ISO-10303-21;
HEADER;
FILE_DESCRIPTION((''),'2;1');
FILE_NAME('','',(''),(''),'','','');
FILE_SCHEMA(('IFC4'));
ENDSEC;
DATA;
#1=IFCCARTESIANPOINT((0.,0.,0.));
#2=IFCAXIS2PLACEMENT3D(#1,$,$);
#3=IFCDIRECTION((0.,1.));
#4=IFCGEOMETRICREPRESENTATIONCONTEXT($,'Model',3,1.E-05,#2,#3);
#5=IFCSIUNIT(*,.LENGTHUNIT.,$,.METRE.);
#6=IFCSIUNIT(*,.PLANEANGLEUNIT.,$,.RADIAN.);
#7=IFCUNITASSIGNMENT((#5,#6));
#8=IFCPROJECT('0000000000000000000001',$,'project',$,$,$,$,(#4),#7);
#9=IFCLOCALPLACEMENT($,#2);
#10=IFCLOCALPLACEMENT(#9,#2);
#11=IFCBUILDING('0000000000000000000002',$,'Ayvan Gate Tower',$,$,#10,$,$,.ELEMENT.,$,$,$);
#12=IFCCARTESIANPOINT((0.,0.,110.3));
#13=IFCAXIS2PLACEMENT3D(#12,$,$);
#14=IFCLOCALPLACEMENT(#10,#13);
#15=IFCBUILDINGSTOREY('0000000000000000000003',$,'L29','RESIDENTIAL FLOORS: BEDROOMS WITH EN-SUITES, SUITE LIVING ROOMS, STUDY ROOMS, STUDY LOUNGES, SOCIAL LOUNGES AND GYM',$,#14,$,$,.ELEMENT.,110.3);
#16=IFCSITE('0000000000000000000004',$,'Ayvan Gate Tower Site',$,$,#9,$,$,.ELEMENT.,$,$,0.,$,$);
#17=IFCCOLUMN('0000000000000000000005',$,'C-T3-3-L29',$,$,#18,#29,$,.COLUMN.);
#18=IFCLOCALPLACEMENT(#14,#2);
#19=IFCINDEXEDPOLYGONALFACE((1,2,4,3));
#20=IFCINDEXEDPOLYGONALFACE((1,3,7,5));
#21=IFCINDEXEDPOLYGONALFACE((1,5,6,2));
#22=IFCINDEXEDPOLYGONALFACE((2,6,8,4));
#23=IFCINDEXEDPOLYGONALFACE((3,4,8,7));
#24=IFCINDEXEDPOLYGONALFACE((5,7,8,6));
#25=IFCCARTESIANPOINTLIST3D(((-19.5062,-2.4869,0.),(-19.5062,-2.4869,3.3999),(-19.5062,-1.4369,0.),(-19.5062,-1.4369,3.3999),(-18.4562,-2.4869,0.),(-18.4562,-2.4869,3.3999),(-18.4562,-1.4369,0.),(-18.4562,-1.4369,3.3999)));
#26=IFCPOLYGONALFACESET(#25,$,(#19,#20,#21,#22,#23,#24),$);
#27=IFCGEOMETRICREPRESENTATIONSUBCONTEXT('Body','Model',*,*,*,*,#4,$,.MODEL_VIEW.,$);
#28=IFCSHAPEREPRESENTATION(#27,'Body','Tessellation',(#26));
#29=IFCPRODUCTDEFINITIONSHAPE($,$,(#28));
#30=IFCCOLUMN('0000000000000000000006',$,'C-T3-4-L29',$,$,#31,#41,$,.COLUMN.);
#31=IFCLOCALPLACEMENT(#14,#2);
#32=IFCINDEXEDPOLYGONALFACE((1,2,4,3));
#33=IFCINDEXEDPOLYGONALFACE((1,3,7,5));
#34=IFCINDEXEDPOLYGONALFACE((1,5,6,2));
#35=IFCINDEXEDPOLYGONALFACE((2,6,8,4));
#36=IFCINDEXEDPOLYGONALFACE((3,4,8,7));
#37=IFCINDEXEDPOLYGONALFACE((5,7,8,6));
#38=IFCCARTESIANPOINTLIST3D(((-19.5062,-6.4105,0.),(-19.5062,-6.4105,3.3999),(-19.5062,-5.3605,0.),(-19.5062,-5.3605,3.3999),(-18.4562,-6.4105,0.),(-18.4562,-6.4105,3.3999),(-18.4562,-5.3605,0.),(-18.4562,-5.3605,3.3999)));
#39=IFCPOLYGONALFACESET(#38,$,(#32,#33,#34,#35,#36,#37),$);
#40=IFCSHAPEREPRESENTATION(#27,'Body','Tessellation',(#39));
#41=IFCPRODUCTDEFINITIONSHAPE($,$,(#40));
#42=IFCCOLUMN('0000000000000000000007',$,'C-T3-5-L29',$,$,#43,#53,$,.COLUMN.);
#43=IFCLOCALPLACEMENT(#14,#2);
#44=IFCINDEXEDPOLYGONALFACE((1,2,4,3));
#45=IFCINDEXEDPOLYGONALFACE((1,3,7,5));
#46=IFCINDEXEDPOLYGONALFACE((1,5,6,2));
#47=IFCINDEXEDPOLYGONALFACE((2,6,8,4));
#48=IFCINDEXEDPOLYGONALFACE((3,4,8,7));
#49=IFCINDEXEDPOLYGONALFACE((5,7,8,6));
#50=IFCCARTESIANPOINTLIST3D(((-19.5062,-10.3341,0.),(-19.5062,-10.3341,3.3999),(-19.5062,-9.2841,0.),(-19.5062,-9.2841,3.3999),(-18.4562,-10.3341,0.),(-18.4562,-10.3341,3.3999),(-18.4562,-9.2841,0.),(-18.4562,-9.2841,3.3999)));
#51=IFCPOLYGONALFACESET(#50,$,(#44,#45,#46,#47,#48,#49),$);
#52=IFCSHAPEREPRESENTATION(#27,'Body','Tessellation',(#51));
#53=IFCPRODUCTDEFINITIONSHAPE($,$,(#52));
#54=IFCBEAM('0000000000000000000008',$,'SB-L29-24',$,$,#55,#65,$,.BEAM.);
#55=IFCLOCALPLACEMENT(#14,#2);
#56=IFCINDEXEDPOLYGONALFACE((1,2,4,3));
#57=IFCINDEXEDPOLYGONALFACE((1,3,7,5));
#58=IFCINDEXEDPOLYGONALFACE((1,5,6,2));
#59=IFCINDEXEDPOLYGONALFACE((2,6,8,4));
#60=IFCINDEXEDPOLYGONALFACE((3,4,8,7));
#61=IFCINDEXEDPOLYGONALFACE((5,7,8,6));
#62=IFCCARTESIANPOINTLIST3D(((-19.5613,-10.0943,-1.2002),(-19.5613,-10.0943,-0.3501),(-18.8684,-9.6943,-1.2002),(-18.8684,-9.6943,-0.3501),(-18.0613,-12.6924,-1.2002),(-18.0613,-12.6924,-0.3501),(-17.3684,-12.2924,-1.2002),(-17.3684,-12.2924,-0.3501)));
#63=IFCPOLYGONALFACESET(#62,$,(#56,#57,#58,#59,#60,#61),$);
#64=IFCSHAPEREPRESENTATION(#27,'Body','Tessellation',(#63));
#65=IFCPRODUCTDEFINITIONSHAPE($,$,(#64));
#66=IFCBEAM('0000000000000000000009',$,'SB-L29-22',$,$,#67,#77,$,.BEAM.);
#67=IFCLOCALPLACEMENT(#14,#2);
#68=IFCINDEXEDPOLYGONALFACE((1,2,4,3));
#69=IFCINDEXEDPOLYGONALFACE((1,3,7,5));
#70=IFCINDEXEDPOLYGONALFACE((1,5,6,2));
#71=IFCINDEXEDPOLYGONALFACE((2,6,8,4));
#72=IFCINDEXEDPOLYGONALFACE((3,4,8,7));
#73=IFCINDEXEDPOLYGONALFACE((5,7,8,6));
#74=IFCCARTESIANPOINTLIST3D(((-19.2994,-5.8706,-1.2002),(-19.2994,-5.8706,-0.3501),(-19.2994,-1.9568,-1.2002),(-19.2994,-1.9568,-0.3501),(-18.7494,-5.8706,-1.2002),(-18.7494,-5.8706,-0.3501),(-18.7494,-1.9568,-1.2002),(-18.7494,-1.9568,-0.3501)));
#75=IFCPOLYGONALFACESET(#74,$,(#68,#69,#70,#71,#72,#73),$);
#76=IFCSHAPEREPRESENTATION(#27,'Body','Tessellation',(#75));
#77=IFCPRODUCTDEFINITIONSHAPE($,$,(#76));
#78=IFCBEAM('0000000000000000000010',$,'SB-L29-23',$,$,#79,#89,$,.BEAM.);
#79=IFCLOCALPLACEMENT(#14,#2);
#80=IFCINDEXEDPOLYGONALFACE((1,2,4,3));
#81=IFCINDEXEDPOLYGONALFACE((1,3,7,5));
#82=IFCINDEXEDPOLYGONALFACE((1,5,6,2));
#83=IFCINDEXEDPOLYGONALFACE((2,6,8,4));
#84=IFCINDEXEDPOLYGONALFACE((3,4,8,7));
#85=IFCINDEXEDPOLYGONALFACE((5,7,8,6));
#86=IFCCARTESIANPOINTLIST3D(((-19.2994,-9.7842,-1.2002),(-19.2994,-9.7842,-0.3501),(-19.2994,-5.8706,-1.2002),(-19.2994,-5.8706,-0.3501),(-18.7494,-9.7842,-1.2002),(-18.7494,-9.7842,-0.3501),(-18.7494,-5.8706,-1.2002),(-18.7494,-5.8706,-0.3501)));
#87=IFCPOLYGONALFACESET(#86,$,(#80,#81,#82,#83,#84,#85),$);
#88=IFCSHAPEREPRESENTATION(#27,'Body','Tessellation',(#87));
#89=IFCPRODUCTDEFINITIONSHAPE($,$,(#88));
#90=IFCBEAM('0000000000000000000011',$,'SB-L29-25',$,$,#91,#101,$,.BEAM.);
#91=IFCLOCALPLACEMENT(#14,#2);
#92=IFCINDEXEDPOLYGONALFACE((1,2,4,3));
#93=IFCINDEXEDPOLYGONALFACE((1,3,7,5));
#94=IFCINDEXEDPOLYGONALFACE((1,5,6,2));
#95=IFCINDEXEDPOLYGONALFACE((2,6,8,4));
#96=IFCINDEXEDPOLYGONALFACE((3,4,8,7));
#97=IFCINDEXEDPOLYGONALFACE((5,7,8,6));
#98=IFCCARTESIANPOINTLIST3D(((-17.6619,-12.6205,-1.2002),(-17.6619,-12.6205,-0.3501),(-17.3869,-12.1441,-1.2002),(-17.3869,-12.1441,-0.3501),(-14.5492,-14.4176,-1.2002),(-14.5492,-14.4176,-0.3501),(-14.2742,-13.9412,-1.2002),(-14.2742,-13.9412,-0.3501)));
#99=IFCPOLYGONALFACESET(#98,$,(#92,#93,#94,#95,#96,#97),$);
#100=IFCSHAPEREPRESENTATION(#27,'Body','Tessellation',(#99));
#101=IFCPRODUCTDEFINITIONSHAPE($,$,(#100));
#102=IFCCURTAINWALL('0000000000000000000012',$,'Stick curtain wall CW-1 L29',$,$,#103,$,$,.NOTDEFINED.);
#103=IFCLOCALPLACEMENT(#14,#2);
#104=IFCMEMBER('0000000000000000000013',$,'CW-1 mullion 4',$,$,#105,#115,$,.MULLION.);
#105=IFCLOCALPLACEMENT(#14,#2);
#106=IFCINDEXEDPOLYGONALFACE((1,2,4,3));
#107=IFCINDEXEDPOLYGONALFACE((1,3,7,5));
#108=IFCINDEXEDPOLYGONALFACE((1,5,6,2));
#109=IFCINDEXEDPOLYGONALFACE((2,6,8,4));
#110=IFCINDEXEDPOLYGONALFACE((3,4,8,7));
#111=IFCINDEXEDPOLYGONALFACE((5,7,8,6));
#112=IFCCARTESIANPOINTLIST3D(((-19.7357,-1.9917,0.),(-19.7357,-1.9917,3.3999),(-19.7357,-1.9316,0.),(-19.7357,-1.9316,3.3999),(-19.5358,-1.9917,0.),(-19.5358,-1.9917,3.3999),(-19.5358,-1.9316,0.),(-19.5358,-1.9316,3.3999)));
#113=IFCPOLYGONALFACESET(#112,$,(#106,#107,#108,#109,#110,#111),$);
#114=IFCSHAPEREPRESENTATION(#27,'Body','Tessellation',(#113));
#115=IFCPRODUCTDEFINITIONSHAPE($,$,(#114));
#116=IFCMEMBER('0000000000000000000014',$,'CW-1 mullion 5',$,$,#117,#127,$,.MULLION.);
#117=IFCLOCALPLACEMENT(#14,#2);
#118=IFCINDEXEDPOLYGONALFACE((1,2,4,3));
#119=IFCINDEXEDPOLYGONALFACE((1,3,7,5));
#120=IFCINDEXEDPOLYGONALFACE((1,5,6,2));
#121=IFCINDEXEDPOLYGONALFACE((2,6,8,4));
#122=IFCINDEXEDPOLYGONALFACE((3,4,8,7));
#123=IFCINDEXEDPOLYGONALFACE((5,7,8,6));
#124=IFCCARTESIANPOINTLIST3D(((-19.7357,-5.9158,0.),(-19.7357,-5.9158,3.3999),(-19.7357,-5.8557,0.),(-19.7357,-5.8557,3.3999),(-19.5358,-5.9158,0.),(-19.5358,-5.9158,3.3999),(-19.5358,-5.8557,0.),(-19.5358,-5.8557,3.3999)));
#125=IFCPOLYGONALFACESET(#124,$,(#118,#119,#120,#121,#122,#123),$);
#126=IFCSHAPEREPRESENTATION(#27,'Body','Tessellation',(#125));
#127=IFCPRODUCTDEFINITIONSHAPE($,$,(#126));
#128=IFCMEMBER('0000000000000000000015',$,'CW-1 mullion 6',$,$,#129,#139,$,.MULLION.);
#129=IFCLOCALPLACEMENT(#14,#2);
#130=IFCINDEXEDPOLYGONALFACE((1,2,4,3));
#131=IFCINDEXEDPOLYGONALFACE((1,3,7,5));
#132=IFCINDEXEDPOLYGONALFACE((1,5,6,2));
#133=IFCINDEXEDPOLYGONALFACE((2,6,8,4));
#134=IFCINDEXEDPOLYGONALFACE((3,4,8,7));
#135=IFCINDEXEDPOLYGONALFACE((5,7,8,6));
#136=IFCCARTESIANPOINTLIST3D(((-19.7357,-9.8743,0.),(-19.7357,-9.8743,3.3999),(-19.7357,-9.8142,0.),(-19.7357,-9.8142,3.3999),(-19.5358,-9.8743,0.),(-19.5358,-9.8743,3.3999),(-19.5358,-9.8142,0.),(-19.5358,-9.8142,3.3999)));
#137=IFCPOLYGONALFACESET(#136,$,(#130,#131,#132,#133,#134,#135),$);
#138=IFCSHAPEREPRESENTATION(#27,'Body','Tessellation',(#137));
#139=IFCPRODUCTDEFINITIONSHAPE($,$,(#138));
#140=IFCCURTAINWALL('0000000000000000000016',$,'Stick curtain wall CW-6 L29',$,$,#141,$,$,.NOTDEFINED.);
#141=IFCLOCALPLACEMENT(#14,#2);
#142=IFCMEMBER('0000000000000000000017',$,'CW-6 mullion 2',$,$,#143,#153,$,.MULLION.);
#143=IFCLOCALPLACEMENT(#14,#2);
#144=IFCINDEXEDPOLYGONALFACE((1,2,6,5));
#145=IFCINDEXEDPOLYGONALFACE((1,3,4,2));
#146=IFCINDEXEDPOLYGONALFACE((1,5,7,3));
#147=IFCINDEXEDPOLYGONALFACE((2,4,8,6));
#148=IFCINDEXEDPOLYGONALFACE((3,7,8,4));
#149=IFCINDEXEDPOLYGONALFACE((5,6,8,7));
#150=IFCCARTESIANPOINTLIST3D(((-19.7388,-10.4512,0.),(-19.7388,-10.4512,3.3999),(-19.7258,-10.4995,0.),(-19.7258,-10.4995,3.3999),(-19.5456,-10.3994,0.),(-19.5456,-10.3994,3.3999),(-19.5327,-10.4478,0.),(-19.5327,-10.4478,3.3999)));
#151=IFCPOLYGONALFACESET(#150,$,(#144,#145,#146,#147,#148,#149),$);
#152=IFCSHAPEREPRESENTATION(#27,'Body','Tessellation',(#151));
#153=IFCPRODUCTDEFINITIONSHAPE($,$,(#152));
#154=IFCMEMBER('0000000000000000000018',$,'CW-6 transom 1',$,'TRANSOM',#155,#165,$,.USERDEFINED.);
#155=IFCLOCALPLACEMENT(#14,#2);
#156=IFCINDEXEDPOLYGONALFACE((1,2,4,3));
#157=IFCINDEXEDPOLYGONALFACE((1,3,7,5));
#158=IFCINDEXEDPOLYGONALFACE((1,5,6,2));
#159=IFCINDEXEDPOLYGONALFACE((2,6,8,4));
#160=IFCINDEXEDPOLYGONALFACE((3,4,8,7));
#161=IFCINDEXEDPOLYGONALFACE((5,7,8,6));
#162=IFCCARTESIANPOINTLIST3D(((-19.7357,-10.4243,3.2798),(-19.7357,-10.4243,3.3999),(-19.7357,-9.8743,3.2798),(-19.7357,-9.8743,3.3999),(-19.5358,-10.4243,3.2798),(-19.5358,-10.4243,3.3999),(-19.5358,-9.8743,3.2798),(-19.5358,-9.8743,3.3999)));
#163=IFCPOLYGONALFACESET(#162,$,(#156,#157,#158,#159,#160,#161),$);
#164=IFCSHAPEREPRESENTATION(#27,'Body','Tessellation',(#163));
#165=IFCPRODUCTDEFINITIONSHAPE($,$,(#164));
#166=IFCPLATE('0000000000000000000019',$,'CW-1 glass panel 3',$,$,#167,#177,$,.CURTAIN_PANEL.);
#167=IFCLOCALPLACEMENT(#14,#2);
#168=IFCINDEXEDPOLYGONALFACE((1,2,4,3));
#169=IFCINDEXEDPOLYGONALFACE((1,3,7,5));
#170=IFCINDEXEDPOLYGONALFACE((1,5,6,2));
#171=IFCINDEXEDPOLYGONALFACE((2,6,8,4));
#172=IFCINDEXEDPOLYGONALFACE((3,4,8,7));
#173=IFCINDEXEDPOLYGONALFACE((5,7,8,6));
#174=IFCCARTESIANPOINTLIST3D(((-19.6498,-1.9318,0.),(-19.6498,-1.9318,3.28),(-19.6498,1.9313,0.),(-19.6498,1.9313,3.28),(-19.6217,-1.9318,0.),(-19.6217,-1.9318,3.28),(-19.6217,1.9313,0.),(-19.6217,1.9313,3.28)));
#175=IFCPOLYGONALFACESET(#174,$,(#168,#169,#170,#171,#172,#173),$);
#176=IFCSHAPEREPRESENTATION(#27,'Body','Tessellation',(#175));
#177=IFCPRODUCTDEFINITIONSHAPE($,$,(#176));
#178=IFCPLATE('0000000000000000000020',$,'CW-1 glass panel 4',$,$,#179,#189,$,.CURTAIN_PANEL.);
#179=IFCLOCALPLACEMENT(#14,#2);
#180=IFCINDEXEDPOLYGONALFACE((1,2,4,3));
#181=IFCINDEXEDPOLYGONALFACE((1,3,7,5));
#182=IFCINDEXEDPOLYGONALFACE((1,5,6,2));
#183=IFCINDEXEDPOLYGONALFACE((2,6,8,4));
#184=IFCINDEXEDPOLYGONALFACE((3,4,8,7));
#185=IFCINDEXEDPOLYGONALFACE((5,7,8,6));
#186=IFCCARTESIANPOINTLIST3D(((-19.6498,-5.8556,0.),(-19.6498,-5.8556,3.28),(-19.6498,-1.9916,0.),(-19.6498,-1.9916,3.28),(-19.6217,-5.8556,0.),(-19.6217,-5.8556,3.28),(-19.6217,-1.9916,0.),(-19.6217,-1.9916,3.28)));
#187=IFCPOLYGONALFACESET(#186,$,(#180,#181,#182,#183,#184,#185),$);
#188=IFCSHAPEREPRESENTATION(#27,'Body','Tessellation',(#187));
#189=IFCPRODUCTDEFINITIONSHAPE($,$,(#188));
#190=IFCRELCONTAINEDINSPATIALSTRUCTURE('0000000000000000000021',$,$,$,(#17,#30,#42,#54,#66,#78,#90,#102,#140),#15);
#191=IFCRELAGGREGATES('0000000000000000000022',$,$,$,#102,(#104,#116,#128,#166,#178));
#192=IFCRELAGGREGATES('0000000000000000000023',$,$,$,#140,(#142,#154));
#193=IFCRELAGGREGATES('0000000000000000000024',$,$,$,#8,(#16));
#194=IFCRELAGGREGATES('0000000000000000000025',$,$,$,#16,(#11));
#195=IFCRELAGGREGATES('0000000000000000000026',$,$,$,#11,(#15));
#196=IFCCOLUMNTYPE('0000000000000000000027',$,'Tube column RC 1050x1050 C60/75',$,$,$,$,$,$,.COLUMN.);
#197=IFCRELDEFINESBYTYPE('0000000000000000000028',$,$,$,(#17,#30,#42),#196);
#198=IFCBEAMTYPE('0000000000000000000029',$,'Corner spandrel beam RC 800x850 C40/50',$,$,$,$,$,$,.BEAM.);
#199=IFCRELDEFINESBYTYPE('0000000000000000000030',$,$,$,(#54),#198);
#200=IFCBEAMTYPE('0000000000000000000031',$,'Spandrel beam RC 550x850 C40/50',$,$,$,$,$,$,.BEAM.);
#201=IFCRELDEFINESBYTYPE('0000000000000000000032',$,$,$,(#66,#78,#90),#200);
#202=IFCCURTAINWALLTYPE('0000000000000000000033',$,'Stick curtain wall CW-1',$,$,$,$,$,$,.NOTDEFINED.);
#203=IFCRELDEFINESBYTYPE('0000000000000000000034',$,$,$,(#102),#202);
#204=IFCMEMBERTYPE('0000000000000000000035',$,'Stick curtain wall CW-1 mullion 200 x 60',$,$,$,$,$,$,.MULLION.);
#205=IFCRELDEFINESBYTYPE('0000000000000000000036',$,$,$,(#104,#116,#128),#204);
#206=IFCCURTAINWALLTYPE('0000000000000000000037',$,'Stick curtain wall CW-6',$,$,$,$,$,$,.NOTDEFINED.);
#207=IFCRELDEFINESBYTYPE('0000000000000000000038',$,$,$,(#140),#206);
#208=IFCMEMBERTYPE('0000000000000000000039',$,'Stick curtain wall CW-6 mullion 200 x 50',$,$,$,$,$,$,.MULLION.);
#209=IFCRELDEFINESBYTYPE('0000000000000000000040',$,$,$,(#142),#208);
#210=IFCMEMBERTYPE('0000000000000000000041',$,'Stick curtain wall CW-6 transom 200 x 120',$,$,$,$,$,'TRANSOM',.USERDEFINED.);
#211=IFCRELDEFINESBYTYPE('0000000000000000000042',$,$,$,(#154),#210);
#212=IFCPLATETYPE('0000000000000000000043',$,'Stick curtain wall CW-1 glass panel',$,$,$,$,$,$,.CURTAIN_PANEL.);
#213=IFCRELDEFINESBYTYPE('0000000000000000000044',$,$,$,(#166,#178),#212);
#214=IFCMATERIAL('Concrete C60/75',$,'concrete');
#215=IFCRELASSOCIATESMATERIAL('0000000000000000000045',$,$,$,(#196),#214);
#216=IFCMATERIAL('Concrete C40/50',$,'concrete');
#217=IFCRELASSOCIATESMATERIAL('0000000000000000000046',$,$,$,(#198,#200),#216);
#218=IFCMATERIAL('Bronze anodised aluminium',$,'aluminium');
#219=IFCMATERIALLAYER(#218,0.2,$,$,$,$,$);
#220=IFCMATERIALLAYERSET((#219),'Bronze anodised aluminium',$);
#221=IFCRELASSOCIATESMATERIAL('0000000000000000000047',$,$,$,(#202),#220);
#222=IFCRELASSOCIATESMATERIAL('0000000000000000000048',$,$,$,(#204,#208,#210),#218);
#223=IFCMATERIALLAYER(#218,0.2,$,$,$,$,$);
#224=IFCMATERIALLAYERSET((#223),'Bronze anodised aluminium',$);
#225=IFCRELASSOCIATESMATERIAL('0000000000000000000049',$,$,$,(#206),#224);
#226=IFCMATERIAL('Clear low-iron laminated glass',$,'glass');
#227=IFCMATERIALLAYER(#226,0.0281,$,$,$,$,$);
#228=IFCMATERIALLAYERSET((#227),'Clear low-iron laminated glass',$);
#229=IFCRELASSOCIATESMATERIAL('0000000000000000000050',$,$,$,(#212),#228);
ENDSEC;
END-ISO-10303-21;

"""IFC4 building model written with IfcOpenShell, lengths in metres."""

from ifc_helpers import new_model, si_unit, direction, frame, origin, origin_2d, place, context, subcontext, project, spatial, rectangle, extrude, material, layer, layer_set, material_profile, profile_set, type_object, element, aggregate, save


model = new_model("IFC4")

# Units and contexts
model_context = context("Model", 3, precision=1e-05, world=origin(), true_north=direction((0.0, 1.0)))
body_context = subcontext(model_context, "Body", "Model", "MODEL_VIEW")
ifc_project = project(units=[si_unit("LENGTHUNIT", "METRE"), si_unit("PLANEANGLEUNIT", "RADIAN")], contexts=[model_context])

# Site, building, storey
site_placement = place(None, origin())
site = spatial("IfcSite", under=ifc_project, at=site_placement, Name="Ayvan Gate Tower Site", CompositionType="ELEMENT", RefElevation=0.0)
building_placement = place(site_placement, origin())
building = spatial("IfcBuilding", under=site, at=building_placement, Name="Ayvan Gate Tower", CompositionType="ELEMENT")
storey_placement = place(building_placement, frame((0.0, 0.0, 110.3)))
storey = spatial("IfcBuildingStorey", under=building, at=storey_placement, Name="L29", Description="RESIDENTIAL FLOORS: BEDROOMS WITH EN-SUITES, SUITE LIVING ROOMS, STUDY ROOMS, STUDY LOUNGES, SOCIAL LOUNGES AND GYM", CompositionType="ELEMENT", Elevation=110.3)

# Columns
ifc_material_1 = material(Name="Concrete C60/75", Category="concrete")
ifc_material_profile_1 = material_profile(ifc_material_1, rectangle(XDim=1.05, YDim=1.05, at=origin_2d()), Name="RC 1050x1050")
ifc_profile_set_1 = profile_set([ifc_material_profile_1], Name="Concrete C60/75")
column_type = type_object("IfcColumnType", Name="Tube column RC 1050x1050 C60/75", PredefinedType="COLUMN", material=ifc_profile_set_1)
for number, where, z_axis, x_axis, name in (
    (1, (-18.9812, -1.9619, 0.0), (0.0, 0.0, 1.0), (-1.0, 0.0, 0.0), "C-T3-3-L29"),
    (2, (-18.9812, -5.8855, 0.0), (0.0, 0.0, 1.0), (-1.0, 0.0, 0.0), "C-T3-4-L29"),
    (3, (-18.9812, -9.8091, 0.0), (0.0, 0.0, 1.0), (-1.0, 0.0, 0.0), "C-T3-5-L29"),
):
    element("IfcColumn", number, at=place(storey_placement, frame(where, z_axis=z_axis, x_axis=x_axis)), inside=storey, type_object=column_type, Name=name, PredefinedType="COLUMN", context=body_context, shape_type="SweptSolid", body=[
        extrude(rectangle(XDim=1.05, YDim=1.05, at=origin_2d()), origin(), (0.0, 0.0, 1.0), 3.3999),
    ])

# Beams
ifc_material_2 = material(Name="Concrete C40/50", Category="concrete")
ifc_material_profile_2 = material_profile(ifc_material_2, rectangle(XDim=0.8, YDim=0.8501, at=origin_2d()), Name="RC 800x850")
ifc_profile_set_2 = profile_set([ifc_material_profile_2], Name="Concrete C40/50")
beam_type_1 = type_object("IfcBeamType", Name="Corner spandrel beam RC 800x850 C40/50", PredefinedType="BEAM", material=ifc_profile_set_2)
beam_1_placement = place(storey_placement, frame((-19.2148, -9.8943, -0.7751), z_axis=(0.49999, -0.866031, 0.0), x_axis=(0.866031, 0.49999, 0.0)))
element("IfcBeam", 4, at=beam_1_placement, inside=storey, type_object=beam_type_1, Name="SB-L29-24", PredefinedType="BEAM", context=body_context, shape_type="SweptSolid", body=[
    extrude(rectangle(XDim=0.8, YDim=0.8501, at=origin_2d()), origin(), (0.0, 0.0, 1.0), 3.0),
])
ifc_material_profile_3 = material_profile(ifc_material_2, rectangle(XDim=0.55, YDim=0.8501, at=origin_2d()), Name="RC 550x850")
ifc_profile_set_3 = profile_set([ifc_material_profile_3], Name="Concrete C40/50")
beam_type_2 = type_object("IfcBeamType", Name="Spandrel beam RC 550x850 C40/50", PredefinedType="BEAM", material=ifc_profile_set_3)
beam_2_placement = place(storey_placement, frame((-19.0244, -1.9568, -0.7751), z_axis=(0.0, -1.0, 0.0), x_axis=(1.0, 0.0, 0.0)))
element("IfcBeam", 5, at=beam_2_placement, inside=storey, type_object=beam_type_2, Name="SB-L29-22", PredefinedType="BEAM", context=body_context, shape_type="SweptSolid", body=[
    extrude(rectangle(XDim=0.55, YDim=0.8501, at=origin_2d()), origin(), (0.0, 0.0, 1.0), 3.9138),
])
beam_3_placement = place(storey_placement, frame((-19.0244, -5.8706, -0.7751), z_axis=(0.0, -1.0, 0.0), x_axis=(1.0, 0.0, 0.0)))
element("IfcBeam", 6, at=beam_3_placement, inside=storey, type_object=beam_type_2, Name="SB-L29-23", PredefinedType="BEAM", context=body_context, shape_type="SweptSolid", body=[
    extrude(rectangle(XDim=0.55, YDim=0.8501, at=origin_2d()), origin(), (0.0, 0.0, 1.0), 3.9136),
])
beam_4_placement = place(storey_placement, frame((-17.5244, -12.3823, -0.7751), z_axis=(0.866032, -0.499989, 0.0), x_axis=(0.499989, 0.866032, 0.0)))
element("IfcBeam", 7, at=beam_4_placement, inside=storey, type_object=beam_type_2, Name="SB-L29-25", PredefinedType="BEAM", context=body_context, shape_type="SweptSolid", body=[
    extrude(rectangle(XDim=0.55, YDim=0.8501, at=origin_2d()), origin(), (0.0, 0.0, 1.0), 3.5942),
])

# Curtain walls, members
ifc_material_3 = material(Name="Bronze anodised aluminium", Category="aluminium")
ifc_layer_1 = layer(ifc_material_3, 0.2)
ifc_layer_set_1 = layer_set([ifc_layer_1], Name="Bronze anodised aluminium")
curtain_wall_type_1 = type_object("IfcCurtainWallType", Name="Stick curtain wall CW-1", PredefinedType="NOTDEFINED", material=ifc_layer_set_1)
curtain_wall_1_placement = place(storey_placement, origin())
curtain_wall_1 = element("IfcCurtainWall", 8, at=curtain_wall_1_placement, inside=storey, type_object=curtain_wall_type_1, Name="Stick curtain wall CW-1 L29", PredefinedType="NOTDEFINED")
ifc_material_profile_4 = material_profile(ifc_material_3, rectangle(XDim=0.2, YDim=0.0601, at=origin_2d()), Name="Stick curtain wall CW-1 mullion 200 x 60")
ifc_profile_set_4 = profile_set([ifc_material_profile_4], Name="Bronze anodised aluminium")
member_type_1 = type_object("IfcMemberType", Name="Stick curtain wall CW-1 mullion 200 x 60", PredefinedType="MULLION", material=ifc_profile_set_4)
member_1_placement = place(storey_placement, frame((-19.6357, -1.9617, 0.0), z_axis=(0.0, 0.0, 1.0), x_axis=(-1.0, 0.0, 0.0)))
member_1 = element("IfcMember", 9, at=member_1_placement, type_object=member_type_1, Name="CW-1 mullion 4", PredefinedType="MULLION", context=body_context, shape_type="SweptSolid", body=[
    extrude(rectangle(XDim=0.2, YDim=0.0601, at=origin_2d()), origin(), (0.0, 0.0, 1.0), 3.3999),
])
member_2_placement = place(storey_placement, frame((-19.6357, -5.8857, 0.0), z_axis=(0.0, 0.0, 1.0), x_axis=(-1.0, 0.0, 0.0)))
member_2 = element("IfcMember", 10, at=member_2_placement, type_object=member_type_1, Name="CW-1 mullion 5", PredefinedType="MULLION", context=body_context, shape_type="SweptSolid", body=[
    extrude(rectangle(XDim=0.2, YDim=0.0601, at=origin_2d()), origin(), (0.0, 0.0, 1.0), 3.3999),
])
member_3_placement = place(storey_placement, frame((-19.6357, -9.8442, 0.0), z_axis=(0.0, 0.0, 1.0), x_axis=(-1.0, 0.0, 0.0)))
member_3 = element("IfcMember", 11, at=member_3_placement, type_object=member_type_1, Name="CW-1 mullion 6", PredefinedType="MULLION", context=body_context, shape_type="SweptSolid", body=[
    extrude(rectangle(XDim=0.2, YDim=0.0601, at=origin_2d()), origin(), (0.0, 0.0, 1.0), 3.3999),
])
ifc_layer_2 = layer(ifc_material_3, 0.2)
ifc_layer_set_2 = layer_set([ifc_layer_2], Name="Bronze anodised aluminium")
curtain_wall_type_2 = type_object("IfcCurtainWallType", Name="Stick curtain wall CW-6", PredefinedType="NOTDEFINED", material=ifc_layer_set_2)
curtain_wall_2_placement = place(storey_placement, origin())
curtain_wall_2 = element("IfcCurtainWall", 12, at=curtain_wall_2_placement, inside=storey, type_object=curtain_wall_type_2, Name="Stick curtain wall CW-6 L29", PredefinedType="NOTDEFINED")
ifc_material_profile_5 = material_profile(ifc_material_3, rectangle(XDim=0.2, YDim=0.05, at=origin_2d()), Name="Stick curtain wall CW-6 mullion 200 x 50")
ifc_profile_set_5 = profile_set([ifc_material_profile_5], Name="Bronze anodised aluminium")
member_type_2 = type_object("IfcMemberType", Name="Stick curtain wall CW-6 mullion 200 x 50", PredefinedType="MULLION", material=ifc_profile_set_5)
member_4_placement = place(storey_placement, frame((-19.6357, -10.4495, 0.0), z_axis=(0.0, 0.0, 1.0), x_axis=(-0.965926, -0.258819, 0.0)))
member_4 = element("IfcMember", 13, at=member_4_placement, type_object=member_type_2, Name="CW-6 mullion 2", PredefinedType="MULLION", context=body_context, shape_type="SweptSolid", body=[
    extrude(rectangle(XDim=0.2, YDim=0.05, at=origin_2d()), origin(), (0.0, 0.0, 1.0), 3.3999),
])
ifc_material_profile_6 = material_profile(ifc_material_3, rectangle(XDim=0.2, YDim=0.1201, at=origin_2d()), Name="Stick curtain wall CW-6 transom 200 x 120")
ifc_profile_set_6 = profile_set([ifc_material_profile_6], Name="Bronze anodised aluminium")
member_type_3 = type_object("IfcMemberType", Name="Stick curtain wall CW-6 transom 200 x 120", ElementType="TRANSOM", PredefinedType="USERDEFINED", material=ifc_profile_set_6)
member_5_placement = place(storey_placement, frame((-19.6357, -9.8743, 3.3398), z_axis=(0.0, -1.0, 0.0), x_axis=(1.0, 0.0, 0.0)))
member_5 = element("IfcMember", 14, at=member_5_placement, type_object=member_type_3, Name="CW-6 transom 1", ObjectType="TRANSOM", PredefinedType="USERDEFINED", context=body_context, shape_type="SweptSolid", body=[
    extrude(rectangle(XDim=0.2, YDim=0.1201, at=origin_2d()), origin(), (0.0, 0.0, 1.0), 0.55),
])

# Plates
ifc_material_4 = material(Name="Clear low-iron laminated glass", Category="glass")
ifc_layer_3 = layer(ifc_material_4, 0.0281)
ifc_layer_set_3 = layer_set([ifc_layer_3], Name="Clear low-iron laminated glass")
plate_type_1 = type_object("IfcPlateType", Name="Stick curtain wall CW-1 glass panel", PredefinedType="CURTAIN_PANEL", material=ifc_layer_set_3)
plate_1_placement = place(storey_placement, frame((-19.6357, -0.0002, 0.0), z_axis=(0.0, 0.0, 1.0), x_axis=(0.0, -1.0, 0.0)))
plate_1 = element("IfcPlate", 15, at=plate_1_placement, type_object=plate_type_1, Name="CW-1 glass panel 3", PredefinedType="CURTAIN_PANEL", context=body_context, shape_type="SweptSolid", body=[
    extrude(rectangle(XDim=3.863, YDim=0.0281, at=origin_2d()), origin(), (0.0, 0.0, 1.0), 3.28),
])
plate_2_placement = place(storey_placement, frame((-19.6357, -3.9236, 0.0), z_axis=(0.0, 0.0, 1.0), x_axis=(0.0, -1.0, 0.0)))
plate_2 = element("IfcPlate", 16, at=plate_2_placement, type_object=plate_type_1, Name="CW-1 glass panel 4", PredefinedType="CURTAIN_PANEL", context=body_context, shape_type="SweptSolid", body=[
    extrude(rectangle(XDim=3.864, YDim=0.0281, at=origin_2d()), origin(), (0.0, 0.0, 1.0), 3.28),
])
aggregate(curtain_wall_1, [member_1, member_2, member_3, plate_1, plate_2])
aggregate(curtain_wall_2, [member_4, member_5])

save(model, "model.ifc")
